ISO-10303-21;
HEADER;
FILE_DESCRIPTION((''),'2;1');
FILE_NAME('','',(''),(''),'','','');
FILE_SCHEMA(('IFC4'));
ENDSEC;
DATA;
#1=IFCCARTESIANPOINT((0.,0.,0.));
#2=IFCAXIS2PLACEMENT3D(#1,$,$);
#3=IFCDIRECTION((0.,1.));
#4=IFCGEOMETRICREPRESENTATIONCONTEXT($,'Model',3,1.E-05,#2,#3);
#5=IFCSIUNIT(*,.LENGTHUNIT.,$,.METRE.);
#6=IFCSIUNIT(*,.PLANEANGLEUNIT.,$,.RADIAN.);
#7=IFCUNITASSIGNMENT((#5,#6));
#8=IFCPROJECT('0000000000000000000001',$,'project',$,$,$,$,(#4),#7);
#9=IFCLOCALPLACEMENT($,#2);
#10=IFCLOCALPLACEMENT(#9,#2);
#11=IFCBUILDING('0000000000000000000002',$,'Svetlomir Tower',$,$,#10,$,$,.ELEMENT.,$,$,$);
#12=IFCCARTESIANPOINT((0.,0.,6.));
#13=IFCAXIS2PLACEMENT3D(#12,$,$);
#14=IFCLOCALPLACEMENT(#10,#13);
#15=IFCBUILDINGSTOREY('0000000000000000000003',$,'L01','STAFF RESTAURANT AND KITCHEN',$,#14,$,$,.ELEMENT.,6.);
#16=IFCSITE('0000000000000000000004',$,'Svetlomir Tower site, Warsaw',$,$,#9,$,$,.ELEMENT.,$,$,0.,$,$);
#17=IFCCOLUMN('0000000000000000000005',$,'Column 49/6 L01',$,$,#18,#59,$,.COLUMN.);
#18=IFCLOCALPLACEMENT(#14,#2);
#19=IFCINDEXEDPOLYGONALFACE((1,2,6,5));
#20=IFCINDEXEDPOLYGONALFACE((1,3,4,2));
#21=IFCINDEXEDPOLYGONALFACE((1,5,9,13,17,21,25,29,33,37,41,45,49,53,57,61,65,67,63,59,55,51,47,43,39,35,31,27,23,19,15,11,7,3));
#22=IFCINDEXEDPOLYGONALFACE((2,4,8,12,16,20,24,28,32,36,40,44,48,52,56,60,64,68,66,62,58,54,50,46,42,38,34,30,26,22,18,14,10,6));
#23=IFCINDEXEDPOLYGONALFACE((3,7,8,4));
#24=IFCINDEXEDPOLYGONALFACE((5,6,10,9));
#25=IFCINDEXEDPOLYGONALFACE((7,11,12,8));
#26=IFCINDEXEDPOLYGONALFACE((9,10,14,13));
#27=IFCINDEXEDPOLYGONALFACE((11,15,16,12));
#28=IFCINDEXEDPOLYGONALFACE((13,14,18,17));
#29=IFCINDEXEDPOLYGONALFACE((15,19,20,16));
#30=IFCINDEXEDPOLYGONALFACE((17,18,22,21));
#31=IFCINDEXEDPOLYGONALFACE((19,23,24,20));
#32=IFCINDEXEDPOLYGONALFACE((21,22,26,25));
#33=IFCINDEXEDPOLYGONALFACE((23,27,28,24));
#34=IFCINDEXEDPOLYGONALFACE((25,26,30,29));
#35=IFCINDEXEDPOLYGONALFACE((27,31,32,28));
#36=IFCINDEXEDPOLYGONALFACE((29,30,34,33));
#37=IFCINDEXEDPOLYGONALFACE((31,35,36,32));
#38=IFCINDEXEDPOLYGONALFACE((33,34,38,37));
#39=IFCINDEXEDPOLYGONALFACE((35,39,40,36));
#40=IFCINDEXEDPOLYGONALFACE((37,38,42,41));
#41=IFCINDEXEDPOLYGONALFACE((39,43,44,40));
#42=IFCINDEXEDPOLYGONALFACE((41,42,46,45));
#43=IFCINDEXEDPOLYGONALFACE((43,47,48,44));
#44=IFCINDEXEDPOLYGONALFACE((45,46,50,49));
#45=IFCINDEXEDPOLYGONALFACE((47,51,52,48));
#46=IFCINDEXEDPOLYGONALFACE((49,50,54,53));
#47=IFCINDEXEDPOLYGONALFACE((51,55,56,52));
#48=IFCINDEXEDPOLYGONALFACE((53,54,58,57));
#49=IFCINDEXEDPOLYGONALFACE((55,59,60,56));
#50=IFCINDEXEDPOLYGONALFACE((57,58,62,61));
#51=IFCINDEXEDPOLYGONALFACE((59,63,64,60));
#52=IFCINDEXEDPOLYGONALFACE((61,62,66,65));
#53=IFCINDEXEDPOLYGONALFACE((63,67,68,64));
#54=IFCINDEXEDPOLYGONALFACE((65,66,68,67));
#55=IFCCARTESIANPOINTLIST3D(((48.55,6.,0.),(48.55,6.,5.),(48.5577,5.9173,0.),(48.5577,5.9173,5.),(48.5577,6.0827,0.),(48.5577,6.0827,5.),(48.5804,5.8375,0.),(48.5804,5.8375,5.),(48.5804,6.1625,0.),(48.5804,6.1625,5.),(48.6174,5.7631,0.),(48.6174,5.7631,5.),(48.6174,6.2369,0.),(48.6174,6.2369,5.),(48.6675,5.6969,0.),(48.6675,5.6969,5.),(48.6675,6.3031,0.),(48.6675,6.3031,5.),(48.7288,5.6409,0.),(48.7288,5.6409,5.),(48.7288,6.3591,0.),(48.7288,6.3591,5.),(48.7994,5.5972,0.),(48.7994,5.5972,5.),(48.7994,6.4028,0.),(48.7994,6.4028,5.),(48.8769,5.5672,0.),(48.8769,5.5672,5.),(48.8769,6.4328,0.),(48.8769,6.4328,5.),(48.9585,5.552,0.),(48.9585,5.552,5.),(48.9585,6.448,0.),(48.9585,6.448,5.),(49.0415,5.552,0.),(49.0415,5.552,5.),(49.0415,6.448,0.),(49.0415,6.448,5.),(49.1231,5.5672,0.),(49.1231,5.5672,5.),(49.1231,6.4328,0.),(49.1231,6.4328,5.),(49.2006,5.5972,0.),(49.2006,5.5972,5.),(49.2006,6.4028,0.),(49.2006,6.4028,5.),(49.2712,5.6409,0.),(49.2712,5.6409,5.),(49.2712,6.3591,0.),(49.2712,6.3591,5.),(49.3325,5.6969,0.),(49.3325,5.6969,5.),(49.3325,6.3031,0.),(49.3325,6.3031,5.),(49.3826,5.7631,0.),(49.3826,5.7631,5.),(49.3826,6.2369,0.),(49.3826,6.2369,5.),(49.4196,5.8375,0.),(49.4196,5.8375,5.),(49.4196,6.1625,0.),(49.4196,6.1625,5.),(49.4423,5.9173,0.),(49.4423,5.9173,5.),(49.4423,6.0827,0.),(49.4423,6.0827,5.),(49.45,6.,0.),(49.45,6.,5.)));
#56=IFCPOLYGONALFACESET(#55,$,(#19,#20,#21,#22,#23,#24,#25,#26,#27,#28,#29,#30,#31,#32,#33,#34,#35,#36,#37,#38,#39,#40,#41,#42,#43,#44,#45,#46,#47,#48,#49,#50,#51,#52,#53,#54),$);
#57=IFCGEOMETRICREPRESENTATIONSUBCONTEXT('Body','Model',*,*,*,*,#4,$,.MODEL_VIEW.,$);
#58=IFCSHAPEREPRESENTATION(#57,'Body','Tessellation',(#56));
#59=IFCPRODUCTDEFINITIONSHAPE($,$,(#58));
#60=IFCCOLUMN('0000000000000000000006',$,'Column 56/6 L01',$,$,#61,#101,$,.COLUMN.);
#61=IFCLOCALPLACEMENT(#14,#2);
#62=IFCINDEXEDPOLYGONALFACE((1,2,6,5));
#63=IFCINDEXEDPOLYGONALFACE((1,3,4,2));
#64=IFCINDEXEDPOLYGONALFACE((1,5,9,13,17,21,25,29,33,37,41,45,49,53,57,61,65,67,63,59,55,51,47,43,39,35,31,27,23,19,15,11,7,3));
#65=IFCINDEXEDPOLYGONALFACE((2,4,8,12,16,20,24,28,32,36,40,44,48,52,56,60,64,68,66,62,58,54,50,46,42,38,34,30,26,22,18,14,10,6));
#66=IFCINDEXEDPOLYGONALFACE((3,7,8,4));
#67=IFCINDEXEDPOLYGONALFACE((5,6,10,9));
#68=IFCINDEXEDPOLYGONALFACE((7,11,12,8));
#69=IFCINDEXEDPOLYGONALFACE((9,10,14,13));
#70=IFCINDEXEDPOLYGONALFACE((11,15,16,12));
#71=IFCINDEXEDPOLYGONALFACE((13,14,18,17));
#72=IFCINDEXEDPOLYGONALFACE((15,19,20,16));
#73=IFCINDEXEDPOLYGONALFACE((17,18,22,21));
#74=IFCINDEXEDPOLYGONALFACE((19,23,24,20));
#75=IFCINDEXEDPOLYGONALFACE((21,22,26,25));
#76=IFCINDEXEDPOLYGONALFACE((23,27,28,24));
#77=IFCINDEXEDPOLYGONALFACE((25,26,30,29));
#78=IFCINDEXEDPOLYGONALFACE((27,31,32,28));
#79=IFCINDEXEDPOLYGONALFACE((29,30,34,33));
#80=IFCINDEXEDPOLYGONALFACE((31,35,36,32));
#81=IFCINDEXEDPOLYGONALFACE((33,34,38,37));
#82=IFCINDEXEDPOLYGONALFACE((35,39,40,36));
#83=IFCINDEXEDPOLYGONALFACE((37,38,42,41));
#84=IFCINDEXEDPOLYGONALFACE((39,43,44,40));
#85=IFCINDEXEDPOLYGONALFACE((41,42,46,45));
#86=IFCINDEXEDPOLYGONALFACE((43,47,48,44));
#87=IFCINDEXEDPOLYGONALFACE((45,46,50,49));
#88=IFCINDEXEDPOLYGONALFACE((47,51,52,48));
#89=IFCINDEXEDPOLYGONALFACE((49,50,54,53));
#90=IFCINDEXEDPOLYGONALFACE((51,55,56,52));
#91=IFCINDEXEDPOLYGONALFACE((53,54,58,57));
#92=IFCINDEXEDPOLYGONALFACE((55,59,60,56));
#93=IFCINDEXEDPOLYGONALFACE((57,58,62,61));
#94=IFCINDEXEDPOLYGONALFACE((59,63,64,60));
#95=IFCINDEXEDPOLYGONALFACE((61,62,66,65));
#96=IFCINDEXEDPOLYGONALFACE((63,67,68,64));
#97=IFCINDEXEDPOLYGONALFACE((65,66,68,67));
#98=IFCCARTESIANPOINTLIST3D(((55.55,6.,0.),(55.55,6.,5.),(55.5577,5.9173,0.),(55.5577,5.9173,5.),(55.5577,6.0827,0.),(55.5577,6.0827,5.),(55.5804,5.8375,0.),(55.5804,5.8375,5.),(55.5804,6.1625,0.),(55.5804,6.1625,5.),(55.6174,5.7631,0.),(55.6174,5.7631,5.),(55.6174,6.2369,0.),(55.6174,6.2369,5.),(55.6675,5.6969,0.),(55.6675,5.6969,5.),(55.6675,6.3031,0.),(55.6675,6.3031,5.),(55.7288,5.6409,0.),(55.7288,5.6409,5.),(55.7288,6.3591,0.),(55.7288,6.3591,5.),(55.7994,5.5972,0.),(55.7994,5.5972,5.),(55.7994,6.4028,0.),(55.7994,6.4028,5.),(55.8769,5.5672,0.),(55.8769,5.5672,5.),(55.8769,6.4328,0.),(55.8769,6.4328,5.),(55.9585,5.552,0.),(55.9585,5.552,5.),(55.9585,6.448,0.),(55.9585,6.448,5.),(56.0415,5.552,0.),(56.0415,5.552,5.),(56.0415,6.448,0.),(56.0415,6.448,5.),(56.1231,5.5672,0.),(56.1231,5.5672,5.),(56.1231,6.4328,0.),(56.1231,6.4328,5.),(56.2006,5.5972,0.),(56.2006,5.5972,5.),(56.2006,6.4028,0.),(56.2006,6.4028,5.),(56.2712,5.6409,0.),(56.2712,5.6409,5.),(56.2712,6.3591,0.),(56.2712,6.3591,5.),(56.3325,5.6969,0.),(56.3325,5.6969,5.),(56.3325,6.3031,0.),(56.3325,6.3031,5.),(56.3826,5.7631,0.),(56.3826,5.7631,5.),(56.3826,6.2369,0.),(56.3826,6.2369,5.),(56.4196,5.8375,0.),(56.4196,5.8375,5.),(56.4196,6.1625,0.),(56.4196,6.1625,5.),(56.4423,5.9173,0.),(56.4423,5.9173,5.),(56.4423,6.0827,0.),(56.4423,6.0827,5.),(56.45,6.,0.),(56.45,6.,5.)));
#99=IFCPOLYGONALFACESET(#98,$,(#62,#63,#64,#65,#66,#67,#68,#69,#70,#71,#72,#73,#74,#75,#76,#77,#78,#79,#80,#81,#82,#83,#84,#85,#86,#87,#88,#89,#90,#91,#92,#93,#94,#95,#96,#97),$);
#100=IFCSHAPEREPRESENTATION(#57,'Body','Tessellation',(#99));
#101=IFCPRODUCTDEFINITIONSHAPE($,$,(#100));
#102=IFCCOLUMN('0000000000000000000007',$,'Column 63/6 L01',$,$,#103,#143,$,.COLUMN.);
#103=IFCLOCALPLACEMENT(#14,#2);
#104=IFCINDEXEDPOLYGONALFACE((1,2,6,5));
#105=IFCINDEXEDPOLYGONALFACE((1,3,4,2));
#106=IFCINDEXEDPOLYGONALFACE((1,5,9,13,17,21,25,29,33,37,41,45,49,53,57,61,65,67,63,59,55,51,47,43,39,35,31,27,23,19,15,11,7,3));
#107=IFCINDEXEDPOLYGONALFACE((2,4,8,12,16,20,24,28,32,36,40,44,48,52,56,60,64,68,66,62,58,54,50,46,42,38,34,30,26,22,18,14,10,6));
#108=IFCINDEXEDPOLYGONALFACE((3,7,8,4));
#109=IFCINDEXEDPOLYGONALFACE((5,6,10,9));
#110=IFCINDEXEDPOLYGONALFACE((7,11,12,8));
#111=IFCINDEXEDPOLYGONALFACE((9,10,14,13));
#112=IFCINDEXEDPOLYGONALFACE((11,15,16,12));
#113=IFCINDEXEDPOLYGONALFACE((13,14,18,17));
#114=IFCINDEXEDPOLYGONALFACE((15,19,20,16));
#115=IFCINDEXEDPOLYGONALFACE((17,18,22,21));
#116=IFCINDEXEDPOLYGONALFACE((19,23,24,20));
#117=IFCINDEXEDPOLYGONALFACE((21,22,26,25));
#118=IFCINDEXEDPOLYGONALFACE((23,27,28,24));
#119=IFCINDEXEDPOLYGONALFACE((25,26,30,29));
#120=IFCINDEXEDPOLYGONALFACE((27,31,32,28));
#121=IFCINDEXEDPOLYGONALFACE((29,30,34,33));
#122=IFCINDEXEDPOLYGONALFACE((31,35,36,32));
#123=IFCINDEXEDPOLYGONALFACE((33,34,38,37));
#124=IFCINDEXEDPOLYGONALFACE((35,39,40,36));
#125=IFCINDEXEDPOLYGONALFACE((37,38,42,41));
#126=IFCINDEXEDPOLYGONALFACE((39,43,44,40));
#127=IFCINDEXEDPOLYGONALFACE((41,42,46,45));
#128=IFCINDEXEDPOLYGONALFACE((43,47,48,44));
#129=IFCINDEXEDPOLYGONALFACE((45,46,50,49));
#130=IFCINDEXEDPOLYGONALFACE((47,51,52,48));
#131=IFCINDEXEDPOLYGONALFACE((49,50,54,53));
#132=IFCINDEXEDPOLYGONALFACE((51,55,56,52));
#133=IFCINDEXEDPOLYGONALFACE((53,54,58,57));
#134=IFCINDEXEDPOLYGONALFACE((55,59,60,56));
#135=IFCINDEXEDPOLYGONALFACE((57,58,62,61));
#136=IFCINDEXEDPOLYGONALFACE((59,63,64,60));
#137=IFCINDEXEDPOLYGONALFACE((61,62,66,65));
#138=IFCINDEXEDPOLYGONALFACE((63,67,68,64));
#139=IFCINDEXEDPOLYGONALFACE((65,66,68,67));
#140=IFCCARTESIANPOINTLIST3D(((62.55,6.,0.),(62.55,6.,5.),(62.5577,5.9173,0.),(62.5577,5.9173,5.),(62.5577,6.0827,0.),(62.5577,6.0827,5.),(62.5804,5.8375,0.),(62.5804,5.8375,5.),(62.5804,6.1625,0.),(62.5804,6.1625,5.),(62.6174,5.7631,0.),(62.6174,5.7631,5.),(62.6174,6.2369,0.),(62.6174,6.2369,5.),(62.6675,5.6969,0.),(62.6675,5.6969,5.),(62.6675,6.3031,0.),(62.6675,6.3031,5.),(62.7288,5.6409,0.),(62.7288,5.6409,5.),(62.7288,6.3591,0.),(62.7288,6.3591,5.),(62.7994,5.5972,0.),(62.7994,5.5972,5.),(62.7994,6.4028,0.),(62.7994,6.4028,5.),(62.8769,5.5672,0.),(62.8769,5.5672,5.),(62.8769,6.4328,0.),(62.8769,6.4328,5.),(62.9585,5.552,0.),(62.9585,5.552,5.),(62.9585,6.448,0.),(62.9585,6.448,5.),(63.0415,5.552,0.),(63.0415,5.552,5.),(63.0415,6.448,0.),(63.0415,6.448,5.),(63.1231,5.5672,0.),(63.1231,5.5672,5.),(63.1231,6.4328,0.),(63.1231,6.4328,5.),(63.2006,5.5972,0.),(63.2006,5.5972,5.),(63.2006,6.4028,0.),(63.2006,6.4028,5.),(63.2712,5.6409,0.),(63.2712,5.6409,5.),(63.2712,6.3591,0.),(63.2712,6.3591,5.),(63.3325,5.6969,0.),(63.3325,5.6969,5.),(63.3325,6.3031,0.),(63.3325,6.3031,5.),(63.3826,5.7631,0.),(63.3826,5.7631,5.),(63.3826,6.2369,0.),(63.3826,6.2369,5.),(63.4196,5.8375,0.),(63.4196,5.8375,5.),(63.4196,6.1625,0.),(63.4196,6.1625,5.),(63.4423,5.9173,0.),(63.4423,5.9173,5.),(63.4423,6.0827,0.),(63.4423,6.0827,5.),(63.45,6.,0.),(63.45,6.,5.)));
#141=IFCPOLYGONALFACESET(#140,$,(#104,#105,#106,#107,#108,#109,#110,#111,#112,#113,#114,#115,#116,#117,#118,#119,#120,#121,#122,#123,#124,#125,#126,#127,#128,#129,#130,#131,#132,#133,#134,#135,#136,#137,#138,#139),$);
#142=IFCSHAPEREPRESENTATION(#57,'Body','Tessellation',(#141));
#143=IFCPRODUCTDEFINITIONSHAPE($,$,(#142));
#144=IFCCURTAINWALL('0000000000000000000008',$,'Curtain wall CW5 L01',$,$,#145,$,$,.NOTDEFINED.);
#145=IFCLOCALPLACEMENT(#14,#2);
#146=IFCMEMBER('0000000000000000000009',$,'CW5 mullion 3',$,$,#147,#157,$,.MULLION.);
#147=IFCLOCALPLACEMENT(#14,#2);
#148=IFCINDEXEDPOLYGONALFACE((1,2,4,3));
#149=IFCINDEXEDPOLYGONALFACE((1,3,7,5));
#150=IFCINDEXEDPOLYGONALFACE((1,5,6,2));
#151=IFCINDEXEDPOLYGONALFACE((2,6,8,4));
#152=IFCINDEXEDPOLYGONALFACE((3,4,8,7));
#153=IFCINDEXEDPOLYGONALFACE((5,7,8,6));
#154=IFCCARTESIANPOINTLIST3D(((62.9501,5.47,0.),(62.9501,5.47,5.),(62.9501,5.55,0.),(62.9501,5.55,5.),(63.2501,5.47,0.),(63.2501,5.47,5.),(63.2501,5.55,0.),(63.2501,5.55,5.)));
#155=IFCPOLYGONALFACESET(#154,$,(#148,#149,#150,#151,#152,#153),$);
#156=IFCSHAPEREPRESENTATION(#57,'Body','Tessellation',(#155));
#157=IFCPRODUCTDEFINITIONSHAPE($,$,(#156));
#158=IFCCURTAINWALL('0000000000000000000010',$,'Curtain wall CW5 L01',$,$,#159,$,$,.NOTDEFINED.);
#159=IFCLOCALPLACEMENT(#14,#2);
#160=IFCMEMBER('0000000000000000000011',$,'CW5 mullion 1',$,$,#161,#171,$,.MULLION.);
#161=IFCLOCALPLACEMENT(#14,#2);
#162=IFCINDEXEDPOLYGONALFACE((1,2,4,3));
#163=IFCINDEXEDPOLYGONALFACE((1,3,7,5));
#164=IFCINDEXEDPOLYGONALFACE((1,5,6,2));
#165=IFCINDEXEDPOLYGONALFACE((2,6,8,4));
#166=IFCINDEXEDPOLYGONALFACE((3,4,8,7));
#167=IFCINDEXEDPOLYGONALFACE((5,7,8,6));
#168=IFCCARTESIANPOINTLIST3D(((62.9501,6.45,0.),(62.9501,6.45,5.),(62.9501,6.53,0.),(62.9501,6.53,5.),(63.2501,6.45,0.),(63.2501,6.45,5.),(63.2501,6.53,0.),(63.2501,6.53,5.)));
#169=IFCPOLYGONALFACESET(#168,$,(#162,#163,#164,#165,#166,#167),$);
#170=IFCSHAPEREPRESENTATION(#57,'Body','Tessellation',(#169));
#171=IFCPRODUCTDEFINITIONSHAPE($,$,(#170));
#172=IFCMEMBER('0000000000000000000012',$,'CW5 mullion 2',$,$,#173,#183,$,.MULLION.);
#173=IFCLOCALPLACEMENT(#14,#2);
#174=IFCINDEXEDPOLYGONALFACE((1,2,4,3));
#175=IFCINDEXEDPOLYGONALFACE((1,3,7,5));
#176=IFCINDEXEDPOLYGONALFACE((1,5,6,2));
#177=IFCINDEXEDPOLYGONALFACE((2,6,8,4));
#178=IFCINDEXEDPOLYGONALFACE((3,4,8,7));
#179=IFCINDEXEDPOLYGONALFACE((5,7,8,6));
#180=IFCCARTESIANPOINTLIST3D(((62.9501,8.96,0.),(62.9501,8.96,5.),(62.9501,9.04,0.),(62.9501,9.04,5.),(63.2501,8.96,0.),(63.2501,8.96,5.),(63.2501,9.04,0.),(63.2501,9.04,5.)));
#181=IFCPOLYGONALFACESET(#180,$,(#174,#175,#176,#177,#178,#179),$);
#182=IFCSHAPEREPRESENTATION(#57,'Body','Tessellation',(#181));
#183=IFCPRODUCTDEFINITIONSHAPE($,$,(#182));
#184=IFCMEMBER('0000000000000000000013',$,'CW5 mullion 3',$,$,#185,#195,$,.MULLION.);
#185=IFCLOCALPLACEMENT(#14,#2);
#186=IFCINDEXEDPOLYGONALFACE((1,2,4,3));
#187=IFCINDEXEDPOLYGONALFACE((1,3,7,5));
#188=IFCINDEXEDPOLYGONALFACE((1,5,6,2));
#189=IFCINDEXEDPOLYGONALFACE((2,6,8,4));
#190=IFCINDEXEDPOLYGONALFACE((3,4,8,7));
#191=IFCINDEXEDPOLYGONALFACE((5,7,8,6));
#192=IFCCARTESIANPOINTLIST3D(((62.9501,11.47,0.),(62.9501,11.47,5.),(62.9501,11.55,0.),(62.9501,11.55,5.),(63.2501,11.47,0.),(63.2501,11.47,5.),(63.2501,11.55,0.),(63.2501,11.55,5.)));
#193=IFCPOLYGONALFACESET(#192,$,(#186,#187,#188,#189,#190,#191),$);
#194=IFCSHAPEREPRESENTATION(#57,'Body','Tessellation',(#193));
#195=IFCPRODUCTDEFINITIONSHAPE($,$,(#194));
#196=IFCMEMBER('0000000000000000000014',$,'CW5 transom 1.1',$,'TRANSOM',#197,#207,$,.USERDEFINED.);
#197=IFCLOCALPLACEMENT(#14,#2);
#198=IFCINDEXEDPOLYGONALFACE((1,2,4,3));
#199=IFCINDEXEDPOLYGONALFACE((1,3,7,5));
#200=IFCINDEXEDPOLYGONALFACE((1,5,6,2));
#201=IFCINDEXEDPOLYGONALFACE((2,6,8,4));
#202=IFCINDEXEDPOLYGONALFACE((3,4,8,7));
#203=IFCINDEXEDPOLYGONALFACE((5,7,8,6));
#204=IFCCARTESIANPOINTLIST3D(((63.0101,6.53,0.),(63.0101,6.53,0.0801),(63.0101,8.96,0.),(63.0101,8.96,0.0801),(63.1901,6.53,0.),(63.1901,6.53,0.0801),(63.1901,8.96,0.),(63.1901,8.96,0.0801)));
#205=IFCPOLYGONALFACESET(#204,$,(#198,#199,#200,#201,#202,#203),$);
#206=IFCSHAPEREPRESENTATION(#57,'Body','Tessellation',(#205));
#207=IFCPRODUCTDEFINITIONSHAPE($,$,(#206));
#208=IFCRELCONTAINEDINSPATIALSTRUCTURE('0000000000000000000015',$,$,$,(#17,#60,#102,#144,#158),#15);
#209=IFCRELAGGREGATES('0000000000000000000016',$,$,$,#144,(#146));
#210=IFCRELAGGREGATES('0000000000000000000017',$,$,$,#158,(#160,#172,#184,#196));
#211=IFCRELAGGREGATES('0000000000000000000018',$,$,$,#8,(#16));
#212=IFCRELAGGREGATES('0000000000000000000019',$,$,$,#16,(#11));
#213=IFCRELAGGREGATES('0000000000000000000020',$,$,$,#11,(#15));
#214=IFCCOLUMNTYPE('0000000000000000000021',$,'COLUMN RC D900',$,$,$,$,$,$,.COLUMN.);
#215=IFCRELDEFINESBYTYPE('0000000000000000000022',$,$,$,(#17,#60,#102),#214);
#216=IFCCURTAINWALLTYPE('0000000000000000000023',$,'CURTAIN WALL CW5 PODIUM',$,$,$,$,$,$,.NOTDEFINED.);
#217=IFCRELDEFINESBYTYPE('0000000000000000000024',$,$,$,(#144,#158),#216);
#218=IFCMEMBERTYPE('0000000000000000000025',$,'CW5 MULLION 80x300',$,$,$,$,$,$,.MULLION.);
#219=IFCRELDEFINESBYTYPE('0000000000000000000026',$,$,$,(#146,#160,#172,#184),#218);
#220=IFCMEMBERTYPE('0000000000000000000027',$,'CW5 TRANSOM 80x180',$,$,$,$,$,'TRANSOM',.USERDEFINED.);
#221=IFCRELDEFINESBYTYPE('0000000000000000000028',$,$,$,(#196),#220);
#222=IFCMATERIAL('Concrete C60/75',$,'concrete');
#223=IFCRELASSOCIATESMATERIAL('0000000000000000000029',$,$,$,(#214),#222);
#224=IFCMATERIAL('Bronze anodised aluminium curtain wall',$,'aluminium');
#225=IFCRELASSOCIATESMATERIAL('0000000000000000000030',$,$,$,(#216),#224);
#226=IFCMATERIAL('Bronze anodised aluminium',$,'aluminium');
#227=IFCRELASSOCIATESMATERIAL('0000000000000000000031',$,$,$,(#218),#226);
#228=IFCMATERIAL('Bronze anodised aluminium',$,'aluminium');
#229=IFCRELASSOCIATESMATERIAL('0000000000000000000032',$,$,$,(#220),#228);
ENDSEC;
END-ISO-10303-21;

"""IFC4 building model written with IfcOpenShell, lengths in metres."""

from ifc_helpers import new_model, si_unit, direction, frame, origin, origin_2d, place, context, subcontext, project, spatial, rectangle, circle, extrude, material, material_profile, profile_set, type_object, element, aggregate, save


model = new_model("IFC4")

# Units and contexts
model_context = context("Model", 3, precision=1e-05, world=origin(), true_north=direction((0.0, 1.0)))
body_context = subcontext(model_context, "Body", "Model", "MODEL_VIEW")
ifc_project = project(units=[si_unit("LENGTHUNIT", "METRE"), si_unit("PLANEANGLEUNIT", "RADIAN")], contexts=[model_context])

# Site, building, storey
site_placement = place(None, origin())
site = spatial("IfcSite", under=ifc_project, at=site_placement, Name="Svetlomir Tower site, Warsaw", CompositionType="ELEMENT", RefElevation=0.0)
building_placement = place(site_placement, origin())
building = spatial("IfcBuilding", under=site, at=building_placement, Name="Svetlomir Tower", CompositionType="ELEMENT")
storey_placement = place(building_placement, frame((0.0, 0.0, 6.0)))
storey = spatial("IfcBuildingStorey", under=building, at=storey_placement, Name="L01", Description="STAFF RESTAURANT AND KITCHEN", CompositionType="ELEMENT", Elevation=6.0)

# Columns
ifc_material_1 = material(Name="Concrete C60/75", Category="concrete")
ifc_material_profile_1 = material_profile(ifc_material_1, circle(Radius=0.45, at=origin_2d()), Name="RC D900")
ifc_profile_set_1 = profile_set([ifc_material_profile_1], Name="Concrete C60/75")
column_type = type_object("IfcColumnType", Name="COLUMN RC D900", PredefinedType="COLUMN", material=ifc_profile_set_1)
for number, where, z_axis, x_axis, name in (
    (1, (49.0, 6.0, 0.0), (0.0, 0.0, 1.0), (1.0, 0.0, 0.0), "Column 49/6 L01"),
    (2, (56.0, 6.0, 0.0), (0.0, 0.0, 1.0), (1.0, 0.0, 0.0), "Column 56/6 L01"),
    (3, (63.0, 6.0, 0.0), (0.0, 0.0, 1.0), (1.0, 0.0, 0.0), "Column 63/6 L01"),
):
    element("IfcColumn", number, at=place(storey_placement, frame(where, z_axis=z_axis, x_axis=x_axis)), inside=storey, type_object=column_type, Name=name, PredefinedType="COLUMN", context=body_context, shape_type="SweptSolid", body=[
        extrude(circle(Radius=0.45, at=origin_2d()), origin(), (0.0, 0.0, 1.0), 5.0),
    ])

# Curtain wall, member
ifc_material_2 = material(Name="Bronze anodised aluminium curtain wall", Category="aluminium")
curtain_wall_type = type_object("IfcCurtainWallType", Name="CURTAIN WALL CW5 PODIUM", PredefinedType="NOTDEFINED", material=ifc_material_2)
curtain_wall_1_placement = place(storey_placement, origin())
curtain_wall_1 = element("IfcCurtainWall", 4, at=curtain_wall_1_placement, inside=storey, type_object=curtain_wall_type, Name="Curtain wall CW5 L01", PredefinedType="NOTDEFINED")
ifc_material_3 = material(Name="Bronze anodised aluminium", Category="aluminium")
ifc_material_profile_2 = material_profile(ifc_material_3, rectangle(XDim=0.0801, YDim=0.3, at=origin_2d()), Name="AL 80x300")
ifc_profile_set_2 = profile_set([ifc_material_profile_2], Name="Bronze anodised aluminium 6063-T6")
member_type_1 = type_object("IfcMemberType", Name="CW5 MULLION 80x300", PredefinedType="MULLION", material=ifc_profile_set_2)
member_1_placement = place(storey_placement, frame((63.1001, 5.51, 0.0), z_axis=(0.0, 0.0, 1.0), x_axis=(0.0, 1.0, 0.0)))
member_1 = element("IfcMember", 5, at=member_1_placement, type_object=member_type_1, Name="CW5 mullion 3", PredefinedType="MULLION", context=body_context, shape_type="SweptSolid", body=[
    extrude(rectangle(XDim=0.0801, YDim=0.3, at=origin_2d()), origin(), (0.0, 0.0, 1.0), 5.0),
])

# Curtain wall, members
curtain_wall_2_placement = place(storey_placement, origin())
curtain_wall_2 = element("IfcCurtainWall", 6, at=curtain_wall_2_placement, inside=storey, type_object=curtain_wall_type, Name="Curtain wall CW5 L01", PredefinedType="NOTDEFINED")
member_2_placement = place(storey_placement, frame((63.1001, 6.49, 0.0), z_axis=(0.0, 0.0, 1.0), x_axis=(0.0, 1.0, 0.0)))
member_2 = element("IfcMember", 7, at=member_2_placement, type_object=member_type_1, Name="CW5 mullion 1", PredefinedType="MULLION", context=body_context, shape_type="SweptSolid", body=[
    extrude(rectangle(XDim=0.0801, YDim=0.3, at=origin_2d()), origin(), (0.0, 0.0, 1.0), 5.0),
])
member_3_placement = place(storey_placement, frame((63.1001, 9.0, 0.0), z_axis=(0.0, 0.0, 1.0), x_axis=(0.0, 1.0, 0.0)))
member_3 = element("IfcMember", 8, at=member_3_placement, type_object=member_type_1, Name="CW5 mullion 2", PredefinedType="MULLION", context=body_context, shape_type="SweptSolid", body=[
    extrude(rectangle(XDim=0.0801, YDim=0.3, at=origin_2d()), origin(), (0.0, 0.0, 1.0), 5.0),
])
member_4_placement = place(storey_placement, frame((63.1001, 11.51, 0.0), z_axis=(0.0, 0.0, 1.0), x_axis=(0.0, 1.0, 0.0)))
member_4 = element("IfcMember", 9, at=member_4_placement, type_object=member_type_1, Name="CW5 mullion 3", PredefinedType="MULLION", context=body_context, shape_type="SweptSolid", body=[
    extrude(rectangle(XDim=0.0801, YDim=0.3, at=origin_2d()), origin(), (0.0, 0.0, 1.0), 5.0),
])
ifc_material_4 = material(Name="Bronze anodised aluminium", Category="aluminium")
ifc_material_profile_3 = material_profile(ifc_material_4, rectangle(XDim=0.1799, YDim=0.0801, at=origin_2d()), Name="AL 180x80")
ifc_profile_set_3 = profile_set([ifc_material_profile_3], Name="Bronze anodised aluminium 6063-T6")
member_type_2 = type_object("IfcMemberType", Name="CW5 TRANSOM 80x180", ElementType="TRANSOM", PredefinedType="USERDEFINED", material=ifc_profile_set_3)
member_5_placement = place(storey_placement, frame((63.1001, 6.53, 0.04), z_axis=(0.0, 1.0, 0.0), x_axis=(-1.0, 0.0, 0.0)))
member_5 = element("IfcMember", 10, at=member_5_placement, type_object=member_type_2, Name="CW5 transom 1.1", ObjectType="TRANSOM", PredefinedType="USERDEFINED", context=body_context, shape_type="SweptSolid", body=[
    extrude(rectangle(XDim=0.1799, YDim=0.0801, at=origin_2d()), origin(), (0.0, 0.0, 1.0), 2.4299),
])

aggregate(curtain_wall_1, [member_1])
aggregate(curtain_wall_2, [member_2, member_3, member_4, member_5])

save(model, "model.ifc")
